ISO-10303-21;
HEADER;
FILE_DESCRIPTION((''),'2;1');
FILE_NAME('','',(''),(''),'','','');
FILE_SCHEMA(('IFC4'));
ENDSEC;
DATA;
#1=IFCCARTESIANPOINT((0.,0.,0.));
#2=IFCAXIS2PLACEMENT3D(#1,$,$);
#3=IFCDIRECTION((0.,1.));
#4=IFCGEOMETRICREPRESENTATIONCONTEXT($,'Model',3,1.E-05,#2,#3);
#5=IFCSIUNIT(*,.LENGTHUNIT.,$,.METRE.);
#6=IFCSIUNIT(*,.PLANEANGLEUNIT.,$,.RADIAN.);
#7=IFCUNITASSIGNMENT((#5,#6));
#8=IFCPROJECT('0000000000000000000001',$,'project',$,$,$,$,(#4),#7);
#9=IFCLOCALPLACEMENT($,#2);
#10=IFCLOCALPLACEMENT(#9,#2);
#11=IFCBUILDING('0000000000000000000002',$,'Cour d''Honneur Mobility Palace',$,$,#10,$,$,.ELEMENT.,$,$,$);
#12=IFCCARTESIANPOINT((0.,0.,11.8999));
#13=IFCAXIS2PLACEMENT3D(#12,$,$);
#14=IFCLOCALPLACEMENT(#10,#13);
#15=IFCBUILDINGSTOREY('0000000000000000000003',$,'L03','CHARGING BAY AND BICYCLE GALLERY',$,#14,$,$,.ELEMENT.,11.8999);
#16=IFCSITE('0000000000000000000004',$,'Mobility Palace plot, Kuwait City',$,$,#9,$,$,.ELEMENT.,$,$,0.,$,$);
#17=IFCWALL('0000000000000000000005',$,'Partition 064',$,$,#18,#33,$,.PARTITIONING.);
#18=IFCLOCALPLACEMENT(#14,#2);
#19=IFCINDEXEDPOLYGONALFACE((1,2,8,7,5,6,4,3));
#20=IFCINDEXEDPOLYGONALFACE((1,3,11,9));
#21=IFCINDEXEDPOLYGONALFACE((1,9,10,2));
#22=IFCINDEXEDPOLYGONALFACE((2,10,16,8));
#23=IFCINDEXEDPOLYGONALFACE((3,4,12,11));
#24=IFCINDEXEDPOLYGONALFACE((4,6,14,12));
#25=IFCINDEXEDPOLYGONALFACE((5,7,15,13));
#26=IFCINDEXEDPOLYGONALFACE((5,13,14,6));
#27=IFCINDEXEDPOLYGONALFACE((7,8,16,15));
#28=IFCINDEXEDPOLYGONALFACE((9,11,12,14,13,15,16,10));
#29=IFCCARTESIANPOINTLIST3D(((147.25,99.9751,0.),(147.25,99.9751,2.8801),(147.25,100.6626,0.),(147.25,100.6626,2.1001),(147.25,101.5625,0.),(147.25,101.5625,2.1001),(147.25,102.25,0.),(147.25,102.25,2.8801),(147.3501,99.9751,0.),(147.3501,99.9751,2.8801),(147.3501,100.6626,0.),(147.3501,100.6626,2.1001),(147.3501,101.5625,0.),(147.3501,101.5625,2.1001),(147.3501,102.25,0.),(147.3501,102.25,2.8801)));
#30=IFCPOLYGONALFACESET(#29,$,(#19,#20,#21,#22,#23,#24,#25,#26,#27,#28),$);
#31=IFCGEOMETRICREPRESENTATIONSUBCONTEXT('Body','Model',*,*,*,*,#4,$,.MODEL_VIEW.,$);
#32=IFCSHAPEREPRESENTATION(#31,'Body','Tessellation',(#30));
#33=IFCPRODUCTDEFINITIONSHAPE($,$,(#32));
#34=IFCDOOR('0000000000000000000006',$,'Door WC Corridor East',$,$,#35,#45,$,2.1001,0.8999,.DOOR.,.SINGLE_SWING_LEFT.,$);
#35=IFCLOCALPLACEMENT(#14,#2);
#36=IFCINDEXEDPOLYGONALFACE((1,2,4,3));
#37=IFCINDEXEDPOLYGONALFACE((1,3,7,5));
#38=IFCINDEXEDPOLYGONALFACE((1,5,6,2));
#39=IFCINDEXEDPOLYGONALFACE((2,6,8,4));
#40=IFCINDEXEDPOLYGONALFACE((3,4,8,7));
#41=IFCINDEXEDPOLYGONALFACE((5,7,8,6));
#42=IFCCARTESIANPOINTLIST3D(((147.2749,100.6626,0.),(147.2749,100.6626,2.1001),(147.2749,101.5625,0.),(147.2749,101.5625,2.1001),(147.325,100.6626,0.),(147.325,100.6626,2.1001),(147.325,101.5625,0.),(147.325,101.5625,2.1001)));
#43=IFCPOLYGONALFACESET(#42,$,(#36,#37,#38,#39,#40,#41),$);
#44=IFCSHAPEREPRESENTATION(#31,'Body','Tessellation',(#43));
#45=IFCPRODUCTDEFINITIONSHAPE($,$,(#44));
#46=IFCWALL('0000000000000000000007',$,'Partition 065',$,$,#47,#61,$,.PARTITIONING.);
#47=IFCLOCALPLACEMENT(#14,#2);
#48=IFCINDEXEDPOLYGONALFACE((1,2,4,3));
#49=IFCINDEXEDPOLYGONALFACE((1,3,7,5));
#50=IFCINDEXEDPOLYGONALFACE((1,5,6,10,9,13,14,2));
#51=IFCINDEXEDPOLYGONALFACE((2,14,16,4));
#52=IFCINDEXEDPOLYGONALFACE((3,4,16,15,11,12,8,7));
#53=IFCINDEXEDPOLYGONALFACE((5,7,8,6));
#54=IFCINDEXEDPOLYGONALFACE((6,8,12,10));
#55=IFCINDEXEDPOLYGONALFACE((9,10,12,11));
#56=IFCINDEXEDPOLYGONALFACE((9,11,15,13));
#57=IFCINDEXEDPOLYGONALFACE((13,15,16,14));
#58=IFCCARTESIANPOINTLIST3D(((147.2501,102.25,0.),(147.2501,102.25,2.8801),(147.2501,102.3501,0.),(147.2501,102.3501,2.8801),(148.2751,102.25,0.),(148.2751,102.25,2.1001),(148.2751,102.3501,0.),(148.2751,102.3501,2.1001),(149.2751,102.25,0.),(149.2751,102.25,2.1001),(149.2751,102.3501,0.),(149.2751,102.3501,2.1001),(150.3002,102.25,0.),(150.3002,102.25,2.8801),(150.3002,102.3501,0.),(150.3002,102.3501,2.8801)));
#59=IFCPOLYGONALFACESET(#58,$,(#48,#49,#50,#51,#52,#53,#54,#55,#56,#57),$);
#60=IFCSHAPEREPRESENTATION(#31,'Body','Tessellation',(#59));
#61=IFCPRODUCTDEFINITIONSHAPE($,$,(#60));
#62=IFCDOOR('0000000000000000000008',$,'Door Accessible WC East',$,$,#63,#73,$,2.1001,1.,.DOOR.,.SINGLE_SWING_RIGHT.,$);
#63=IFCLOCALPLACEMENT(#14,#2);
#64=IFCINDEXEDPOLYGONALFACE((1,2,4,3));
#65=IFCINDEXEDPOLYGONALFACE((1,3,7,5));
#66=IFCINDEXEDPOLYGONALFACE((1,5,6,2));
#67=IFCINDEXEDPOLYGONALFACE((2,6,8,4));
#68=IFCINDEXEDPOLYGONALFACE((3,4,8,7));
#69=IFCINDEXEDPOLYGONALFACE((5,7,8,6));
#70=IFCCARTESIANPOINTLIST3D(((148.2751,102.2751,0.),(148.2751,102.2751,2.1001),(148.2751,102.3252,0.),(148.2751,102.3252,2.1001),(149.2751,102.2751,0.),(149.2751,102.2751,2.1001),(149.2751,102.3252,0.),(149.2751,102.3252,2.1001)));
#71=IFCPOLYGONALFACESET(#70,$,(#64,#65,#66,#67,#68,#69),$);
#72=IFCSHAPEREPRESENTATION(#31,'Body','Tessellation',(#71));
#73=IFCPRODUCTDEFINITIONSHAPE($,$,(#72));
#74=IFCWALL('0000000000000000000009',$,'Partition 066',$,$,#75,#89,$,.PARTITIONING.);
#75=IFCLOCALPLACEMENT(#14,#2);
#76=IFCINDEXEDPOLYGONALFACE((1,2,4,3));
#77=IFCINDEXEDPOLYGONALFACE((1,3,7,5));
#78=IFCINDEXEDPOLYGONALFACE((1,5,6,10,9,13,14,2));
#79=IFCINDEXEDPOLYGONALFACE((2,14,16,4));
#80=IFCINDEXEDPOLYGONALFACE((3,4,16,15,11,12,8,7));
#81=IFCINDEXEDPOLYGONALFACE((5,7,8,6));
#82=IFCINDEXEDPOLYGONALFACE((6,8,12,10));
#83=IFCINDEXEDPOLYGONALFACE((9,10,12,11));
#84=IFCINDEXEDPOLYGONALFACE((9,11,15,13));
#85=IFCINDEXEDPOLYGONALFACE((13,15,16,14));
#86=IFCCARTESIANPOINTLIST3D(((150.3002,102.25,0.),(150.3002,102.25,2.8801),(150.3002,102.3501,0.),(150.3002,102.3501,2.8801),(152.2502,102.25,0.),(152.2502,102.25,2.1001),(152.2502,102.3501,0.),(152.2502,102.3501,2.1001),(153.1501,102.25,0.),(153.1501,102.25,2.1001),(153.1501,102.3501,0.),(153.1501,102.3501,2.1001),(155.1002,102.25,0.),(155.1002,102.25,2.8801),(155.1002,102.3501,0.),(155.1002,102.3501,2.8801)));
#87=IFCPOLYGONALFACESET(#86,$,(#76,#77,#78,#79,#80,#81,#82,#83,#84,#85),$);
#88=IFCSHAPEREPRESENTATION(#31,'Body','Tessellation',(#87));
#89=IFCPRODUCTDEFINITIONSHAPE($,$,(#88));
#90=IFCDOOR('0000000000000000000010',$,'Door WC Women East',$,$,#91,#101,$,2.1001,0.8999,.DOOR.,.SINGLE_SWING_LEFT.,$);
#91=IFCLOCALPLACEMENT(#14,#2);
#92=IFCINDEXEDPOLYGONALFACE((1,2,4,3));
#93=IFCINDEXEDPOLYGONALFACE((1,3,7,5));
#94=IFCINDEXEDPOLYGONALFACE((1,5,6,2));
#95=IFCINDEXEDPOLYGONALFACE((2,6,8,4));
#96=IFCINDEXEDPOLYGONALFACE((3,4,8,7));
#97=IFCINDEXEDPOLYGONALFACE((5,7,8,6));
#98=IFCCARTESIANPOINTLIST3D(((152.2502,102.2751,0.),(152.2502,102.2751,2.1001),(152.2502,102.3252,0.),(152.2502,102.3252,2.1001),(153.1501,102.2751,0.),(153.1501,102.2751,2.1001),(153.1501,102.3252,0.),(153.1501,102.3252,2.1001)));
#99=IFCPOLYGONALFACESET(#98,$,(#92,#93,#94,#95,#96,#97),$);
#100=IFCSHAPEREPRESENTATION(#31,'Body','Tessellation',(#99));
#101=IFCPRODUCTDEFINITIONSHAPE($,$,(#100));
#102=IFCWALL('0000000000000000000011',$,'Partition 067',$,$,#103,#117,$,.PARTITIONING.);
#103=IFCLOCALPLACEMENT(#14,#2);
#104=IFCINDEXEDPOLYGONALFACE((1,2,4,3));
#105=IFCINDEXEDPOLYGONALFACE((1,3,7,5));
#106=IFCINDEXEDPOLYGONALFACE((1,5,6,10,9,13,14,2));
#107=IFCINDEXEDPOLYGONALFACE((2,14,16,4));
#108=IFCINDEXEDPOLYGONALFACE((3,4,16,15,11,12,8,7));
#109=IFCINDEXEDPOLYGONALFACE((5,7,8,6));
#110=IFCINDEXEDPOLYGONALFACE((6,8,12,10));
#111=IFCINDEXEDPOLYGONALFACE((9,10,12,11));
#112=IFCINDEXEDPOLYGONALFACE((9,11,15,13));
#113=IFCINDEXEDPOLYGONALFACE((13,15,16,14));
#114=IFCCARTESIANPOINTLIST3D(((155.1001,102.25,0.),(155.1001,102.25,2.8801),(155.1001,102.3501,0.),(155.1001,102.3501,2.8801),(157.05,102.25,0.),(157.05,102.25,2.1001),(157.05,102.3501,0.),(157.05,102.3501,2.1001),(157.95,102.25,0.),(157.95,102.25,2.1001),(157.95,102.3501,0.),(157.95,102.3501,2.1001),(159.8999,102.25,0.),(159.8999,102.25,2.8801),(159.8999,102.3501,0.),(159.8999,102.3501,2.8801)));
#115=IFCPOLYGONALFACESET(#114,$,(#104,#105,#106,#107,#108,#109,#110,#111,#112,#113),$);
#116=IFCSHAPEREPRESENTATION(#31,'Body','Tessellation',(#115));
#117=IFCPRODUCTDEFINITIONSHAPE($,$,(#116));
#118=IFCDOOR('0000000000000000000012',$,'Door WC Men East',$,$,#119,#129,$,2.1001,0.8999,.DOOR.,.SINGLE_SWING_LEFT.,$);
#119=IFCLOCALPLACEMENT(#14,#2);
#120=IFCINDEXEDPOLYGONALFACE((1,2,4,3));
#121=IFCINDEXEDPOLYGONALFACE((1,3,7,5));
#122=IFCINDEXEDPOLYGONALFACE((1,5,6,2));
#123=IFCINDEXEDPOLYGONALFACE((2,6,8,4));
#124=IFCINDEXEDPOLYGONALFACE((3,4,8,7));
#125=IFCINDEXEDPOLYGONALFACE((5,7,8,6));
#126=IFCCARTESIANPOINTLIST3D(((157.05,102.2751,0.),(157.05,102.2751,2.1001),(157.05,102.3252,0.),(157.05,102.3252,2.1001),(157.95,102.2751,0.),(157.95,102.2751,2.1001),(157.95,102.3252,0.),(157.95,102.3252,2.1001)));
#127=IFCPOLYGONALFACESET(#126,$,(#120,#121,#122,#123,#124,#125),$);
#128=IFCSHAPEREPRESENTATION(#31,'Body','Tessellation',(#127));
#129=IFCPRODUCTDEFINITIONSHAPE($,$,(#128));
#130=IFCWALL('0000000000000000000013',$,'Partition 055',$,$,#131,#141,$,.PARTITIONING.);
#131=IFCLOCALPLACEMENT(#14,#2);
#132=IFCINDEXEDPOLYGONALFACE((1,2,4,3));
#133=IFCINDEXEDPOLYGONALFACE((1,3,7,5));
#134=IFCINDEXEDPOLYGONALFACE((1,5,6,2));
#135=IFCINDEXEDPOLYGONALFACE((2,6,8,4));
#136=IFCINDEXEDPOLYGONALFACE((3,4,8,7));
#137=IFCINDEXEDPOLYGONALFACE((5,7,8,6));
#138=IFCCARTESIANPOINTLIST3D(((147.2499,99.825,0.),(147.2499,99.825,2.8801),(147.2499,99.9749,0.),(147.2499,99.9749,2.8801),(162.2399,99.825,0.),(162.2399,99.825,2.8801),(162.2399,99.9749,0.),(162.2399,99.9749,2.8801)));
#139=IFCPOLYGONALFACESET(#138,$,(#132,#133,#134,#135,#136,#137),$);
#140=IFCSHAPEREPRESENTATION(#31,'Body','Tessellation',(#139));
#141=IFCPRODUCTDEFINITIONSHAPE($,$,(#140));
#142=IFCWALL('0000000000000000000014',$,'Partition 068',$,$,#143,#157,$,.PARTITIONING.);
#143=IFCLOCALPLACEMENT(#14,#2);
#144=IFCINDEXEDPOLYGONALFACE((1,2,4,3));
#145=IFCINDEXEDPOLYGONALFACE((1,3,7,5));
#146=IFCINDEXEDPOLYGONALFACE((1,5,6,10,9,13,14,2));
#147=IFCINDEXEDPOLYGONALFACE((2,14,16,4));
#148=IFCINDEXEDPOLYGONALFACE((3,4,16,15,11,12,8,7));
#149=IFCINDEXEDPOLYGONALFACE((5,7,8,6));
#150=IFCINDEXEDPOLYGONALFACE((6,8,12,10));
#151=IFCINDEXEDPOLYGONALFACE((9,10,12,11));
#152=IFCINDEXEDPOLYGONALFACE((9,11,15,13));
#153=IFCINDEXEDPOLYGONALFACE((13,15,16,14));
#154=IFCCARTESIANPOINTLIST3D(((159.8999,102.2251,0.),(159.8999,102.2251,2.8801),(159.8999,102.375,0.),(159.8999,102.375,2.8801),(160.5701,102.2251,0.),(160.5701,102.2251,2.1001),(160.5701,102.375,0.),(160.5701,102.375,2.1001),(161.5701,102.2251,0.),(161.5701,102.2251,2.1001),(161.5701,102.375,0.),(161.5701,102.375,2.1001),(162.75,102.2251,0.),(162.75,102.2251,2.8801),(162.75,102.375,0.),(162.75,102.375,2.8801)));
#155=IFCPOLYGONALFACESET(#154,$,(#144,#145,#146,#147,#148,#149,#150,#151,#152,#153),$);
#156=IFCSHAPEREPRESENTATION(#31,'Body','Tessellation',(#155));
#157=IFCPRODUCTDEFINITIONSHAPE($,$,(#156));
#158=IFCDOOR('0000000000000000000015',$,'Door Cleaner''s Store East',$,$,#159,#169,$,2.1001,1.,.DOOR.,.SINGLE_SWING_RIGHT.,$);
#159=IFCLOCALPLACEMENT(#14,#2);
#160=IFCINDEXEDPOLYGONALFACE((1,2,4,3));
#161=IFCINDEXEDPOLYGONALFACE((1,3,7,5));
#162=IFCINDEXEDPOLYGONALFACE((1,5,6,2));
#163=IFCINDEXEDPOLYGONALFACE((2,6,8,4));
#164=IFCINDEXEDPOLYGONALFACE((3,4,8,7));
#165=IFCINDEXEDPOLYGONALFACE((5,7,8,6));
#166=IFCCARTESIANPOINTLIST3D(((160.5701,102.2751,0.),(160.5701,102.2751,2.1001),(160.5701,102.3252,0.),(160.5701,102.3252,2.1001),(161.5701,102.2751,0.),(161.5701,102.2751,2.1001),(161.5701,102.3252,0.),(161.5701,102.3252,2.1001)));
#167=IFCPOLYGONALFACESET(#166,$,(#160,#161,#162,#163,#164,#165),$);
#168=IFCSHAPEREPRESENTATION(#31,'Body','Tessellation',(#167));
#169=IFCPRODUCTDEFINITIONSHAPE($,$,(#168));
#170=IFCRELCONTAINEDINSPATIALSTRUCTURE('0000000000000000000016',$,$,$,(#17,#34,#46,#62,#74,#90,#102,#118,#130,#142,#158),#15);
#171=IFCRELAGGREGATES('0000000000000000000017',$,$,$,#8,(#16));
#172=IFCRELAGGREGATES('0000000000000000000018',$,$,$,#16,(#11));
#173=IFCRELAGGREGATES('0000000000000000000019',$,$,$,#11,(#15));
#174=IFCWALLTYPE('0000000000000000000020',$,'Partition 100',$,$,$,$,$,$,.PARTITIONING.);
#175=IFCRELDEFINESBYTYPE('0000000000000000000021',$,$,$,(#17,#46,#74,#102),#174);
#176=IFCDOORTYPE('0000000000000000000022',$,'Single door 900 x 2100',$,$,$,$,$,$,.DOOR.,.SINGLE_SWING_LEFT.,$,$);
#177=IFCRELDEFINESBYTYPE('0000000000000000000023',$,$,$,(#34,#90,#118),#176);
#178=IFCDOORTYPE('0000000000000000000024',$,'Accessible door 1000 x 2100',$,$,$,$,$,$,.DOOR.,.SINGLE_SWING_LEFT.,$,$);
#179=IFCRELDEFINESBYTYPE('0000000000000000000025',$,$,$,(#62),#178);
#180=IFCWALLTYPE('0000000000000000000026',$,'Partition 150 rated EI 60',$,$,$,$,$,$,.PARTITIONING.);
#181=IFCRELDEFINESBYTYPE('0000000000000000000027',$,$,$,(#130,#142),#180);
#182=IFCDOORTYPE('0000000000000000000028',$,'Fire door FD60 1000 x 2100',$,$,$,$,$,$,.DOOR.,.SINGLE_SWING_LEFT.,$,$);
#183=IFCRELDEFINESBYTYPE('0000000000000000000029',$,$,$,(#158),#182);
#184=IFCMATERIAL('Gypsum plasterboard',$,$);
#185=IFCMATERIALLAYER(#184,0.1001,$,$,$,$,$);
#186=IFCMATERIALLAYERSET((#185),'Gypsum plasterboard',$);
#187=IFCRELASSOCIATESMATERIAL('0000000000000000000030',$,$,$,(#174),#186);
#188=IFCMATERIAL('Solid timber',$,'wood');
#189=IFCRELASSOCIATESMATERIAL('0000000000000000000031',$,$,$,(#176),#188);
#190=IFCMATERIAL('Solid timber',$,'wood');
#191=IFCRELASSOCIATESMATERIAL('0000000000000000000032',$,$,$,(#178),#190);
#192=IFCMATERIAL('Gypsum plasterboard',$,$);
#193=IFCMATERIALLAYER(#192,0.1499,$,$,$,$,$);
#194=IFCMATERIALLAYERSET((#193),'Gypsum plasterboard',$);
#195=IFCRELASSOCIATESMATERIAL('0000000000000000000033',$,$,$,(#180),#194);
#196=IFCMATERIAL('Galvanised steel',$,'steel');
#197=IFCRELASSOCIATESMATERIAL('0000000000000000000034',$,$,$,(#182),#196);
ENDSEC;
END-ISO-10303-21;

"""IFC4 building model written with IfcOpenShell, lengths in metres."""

from ifc_helpers import new_model, si_unit, direction, frame, frame_2d, origin, place, context, subcontext, project, spatial, rectangle, extrude, material, layer, layer_set, type_object, element, fill, save


model = new_model("IFC4")

# Units and contexts
model_context = context("Model", 3, precision=1e-05, world=origin(), true_north=direction((0.0, 1.0)))
body_context = subcontext(model_context, "Body", "Model", "MODEL_VIEW")
ifc_project = project(units=[si_unit("LENGTHUNIT", "METRE"), si_unit("PLANEANGLEUNIT", "RADIAN")], contexts=[model_context])

# Site, building, storey
site_placement = place(None, origin())
site = spatial("IfcSite", under=ifc_project, at=site_placement, Name="Mobility Palace plot, Kuwait City", CompositionType="ELEMENT", RefElevation=0.0)
building_placement = place(site_placement, origin())
building = spatial("IfcBuilding", under=site, at=building_placement, Name="Cour d'Honneur Mobility Palace", CompositionType="ELEMENT")
storey_placement = place(building_placement, frame((0.0, 0.0, 11.8999)))
storey = spatial("IfcBuildingStorey", under=building, at=storey_placement, Name="L03", Description="CHARGING BAY AND BICYCLE GALLERY", CompositionType="ELEMENT", Elevation=11.8999)

# Walls, openings, doors
ifc_material_1 = material(Name="Gypsum plasterboard")
ifc_layer_1 = layer(ifc_material_1, 0.1001)
ifc_layer_set_1 = layer_set([ifc_layer_1], Name="Gypsum plasterboard")
wall_type_1 = type_object("IfcWallType", Name="Partition 100", PredefinedType="PARTITIONING", material=ifc_layer_set_1)
ifc_material_2 = material(Name="Solid timber", Category="wood")
door_type_1 = type_object("IfcDoorType", Name="Single door 900 x 2100", OperationType="SINGLE_SWING_LEFT", PredefinedType="DOOR", material=ifc_material_2)
wall_1_placement = place(storey_placement, frame((147.3, 102.25, 0.0), z_axis=(0.0, 0.0, 1.0), x_axis=(0.0, -1.0, 0.0)))
wall_1 = element("IfcWall", 1, at=wall_1_placement, inside=storey, type_object=wall_type_1, Name="Partition 064", PredefinedType="PARTITIONING", context=body_context, shape_type="SweptSolid", body=[
    extrude(rectangle(XDim=2.2749, YDim=0.1001, at=frame_2d((1.1375, 0.0))), origin(), (0.0, 0.0, 1.0), 2.8801),
])
opening_1_placement = place(wall_1_placement, frame((0.6875, 0.0, 0.0)))
opening_1 = element("IfcOpeningElement", 2, at=opening_1_placement, cuts=wall_1, PredefinedType="OPENING", context=body_context, shape_type="SweptSolid", body=[
    extrude(rectangle(XDim=0.8999, YDim=2.1001, at=frame_2d((0.45, 1.05))), frame((0.0, 0.0601, 0.0), z_axis=(0.0, -1.0, 0.0), x_axis=(1.0, 0.0, 0.0)), (0.0, 0.0, 1.0), 0.1201),
])
door_1_placement = place(opening_1_placement, origin())
door_1 = element("IfcDoor", 3, at=door_1_placement, inside=storey, type_object=door_type_1, Name="Door WC Corridor East", OperationType="SINGLE_SWING_LEFT", OverallHeight=2.1001, OverallWidth=0.8999, PredefinedType="DOOR", context=body_context, shape_type="SweptSolid", body=[
    extrude(rectangle(XDim=0.8999, YDim=2.1001, at=frame_2d((0.45, 1.05))), frame((0.0, 0.0249, 0.0), z_axis=(0.0, -1.0, 0.0), x_axis=(1.0, 0.0, 0.0)), (0.0, 0.0, 1.0), 0.05),
])
fill(opening_1, door_1)
wall_2_placement = place(storey_placement, frame((150.3, 102.3, 0.0), z_axis=(0.0, 0.0, 1.0), x_axis=(-1.0, 0.0, 0.0)))
wall_2 = element("IfcWall", 4, at=wall_2_placement, inside=storey, type_object=wall_type_1, Name="Partition 065", PredefinedType="PARTITIONING", context=body_context, shape_type="SweptSolid", body=[
    extrude(rectangle(XDim=3.05, YDim=0.1001, at=frame_2d((1.5249, 0.0))), origin(), (0.0, 0.0, 1.0), 2.8801),
])
opening_2_placement = place(wall_2_placement, frame((1.0249, 0.0, 0.0)))
opening_2 = element("IfcOpeningElement", 5, at=opening_2_placement, cuts=wall_2, PredefinedType="OPENING", context=body_context, shape_type="SweptSolid", body=[
    extrude(rectangle(XDim=1.0, YDim=2.1001, at=frame_2d((0.5, 1.05))), frame((0.0, 0.0601, 0.0), z_axis=(0.0, -1.0, 0.0), x_axis=(1.0, 0.0, 0.0)), (0.0, 0.0, 1.0), 0.1201),
])
ifc_material_3 = material(Name="Solid timber", Category="wood")
door_type_2 = type_object("IfcDoorType", Name="Accessible door 1000 x 2100", OperationType="SINGLE_SWING_LEFT", PredefinedType="DOOR", material=ifc_material_3)
door_2_placement = place(opening_2_placement, origin())
door_2 = element("IfcDoor", 6, at=door_2_placement, inside=storey, type_object=door_type_2, Name="Door Accessible WC East", OperationType="SINGLE_SWING_RIGHT", OverallHeight=2.1001, OverallWidth=1.0, PredefinedType="DOOR", context=body_context, shape_type="SweptSolid", body=[
    extrude(rectangle(XDim=1.0, YDim=2.1001, at=frame_2d((0.5, 1.05))), frame((0.0, 0.0249, 0.0), z_axis=(0.0, -1.0, 0.0), x_axis=(1.0, 0.0, 0.0)), (0.0, 0.0, 1.0), 0.05),
])
fill(opening_2, door_2)
wall_3_placement = place(storey_placement, frame((155.1001, 102.3, 0.0), z_axis=(0.0, 0.0, 1.0), x_axis=(-1.0, 0.0, 0.0)))
wall_3 = element("IfcWall", 7, at=wall_3_placement, inside=storey, type_object=wall_type_1, Name="Partition 066", PredefinedType="PARTITIONING", context=body_context, shape_type="SweptSolid", body=[
    extrude(rectangle(XDim=4.8, YDim=0.1001, at=frame_2d((2.3999, 0.0))), origin(), (0.0, 0.0, 1.0), 2.8801),
])
opening_3_placement = place(wall_3_placement, frame((1.95, 0.0, 0.0)))
opening_3 = element("IfcOpeningElement", 8, at=opening_3_placement, cuts=wall_3, PredefinedType="OPENING", context=body_context, shape_type="SweptSolid", body=[
    extrude(rectangle(XDim=0.8999, YDim=2.1001, at=frame_2d((0.45, 1.05))), frame((0.0, 0.0601, 0.0), z_axis=(0.0, -1.0, 0.0), x_axis=(1.0, 0.0, 0.0)), (0.0, 0.0, 1.0), 0.1201),
])
door_3_placement = place(opening_3_placement, origin())
door_3 = element("IfcDoor", 9, at=door_3_placement, inside=storey, type_object=door_type_1, Name="Door WC Women East", OperationType="SINGLE_SWING_LEFT", OverallHeight=2.1001, OverallWidth=0.8999, PredefinedType="DOOR", context=body_context, shape_type="SweptSolid", body=[
    extrude(rectangle(XDim=0.8999, YDim=2.1001, at=frame_2d((0.45, 1.05))), frame((0.0, 0.0249, 0.0), z_axis=(0.0, -1.0, 0.0), x_axis=(1.0, 0.0, 0.0)), (0.0, 0.0, 1.0), 0.05),
])
fill(opening_3, door_3)
wall_4_placement = place(storey_placement, frame((159.8999, 102.3, 0.0), z_axis=(0.0, 0.0, 1.0), x_axis=(-1.0, 0.0, 0.0)))
wall_4 = element("IfcWall", 10, at=wall_4_placement, inside=storey, type_object=wall_type_1, Name="Partition 067", PredefinedType="PARTITIONING", context=body_context, shape_type="SweptSolid", body=[
    extrude(rectangle(XDim=4.7998, YDim=0.1001, at=frame_2d((2.3999, 0.0))), origin(), (0.0, 0.0, 1.0), 2.8801),
])
opening_4_placement = place(wall_4_placement, frame((1.95, 0.0, 0.0)))
opening_4 = element("IfcOpeningElement", 11, at=opening_4_placement, cuts=wall_4, PredefinedType="OPENING", context=body_context, shape_type="SweptSolid", body=[
    extrude(rectangle(XDim=0.8999, YDim=2.1001, at=frame_2d((0.45, 1.05))), frame((0.0, 0.0601, 0.0), z_axis=(0.0, -1.0, 0.0), x_axis=(1.0, 0.0, 0.0)), (0.0, 0.0, 1.0), 0.1201),
])
door_4_placement = place(opening_4_placement, origin())
door_4 = element("IfcDoor", 12, at=door_4_placement, inside=storey, type_object=door_type_1, Name="Door WC Men East", OperationType="SINGLE_SWING_LEFT", OverallHeight=2.1001, OverallWidth=0.8999, PredefinedType="DOOR", context=body_context, shape_type="SweptSolid", body=[
    extrude(rectangle(XDim=0.8999, YDim=2.1001, at=frame_2d((0.45, 1.05))), frame((0.0, 0.0249, 0.0), z_axis=(0.0, -1.0, 0.0), x_axis=(1.0, 0.0, 0.0)), (0.0, 0.0, 1.0), 0.05),
])
fill(opening_4, door_4)

# Wall
ifc_material_4 = material(Name="Gypsum plasterboard")
ifc_layer_2 = layer(ifc_material_4, 0.1499)
ifc_layer_set_2 = layer_set([ifc_layer_2], Name="Gypsum plasterboard")
wall_type_2 = type_object("IfcWallType", Name="Partition 150 rated EI 60", PredefinedType="PARTITIONING", material=ifc_layer_set_2)
wall_5_placement = place(storey_placement, frame((162.24, 99.8999, 0.0), z_axis=(0.0, 0.0, 1.0), x_axis=(-1.0, 0.0, 0.0)))
element("IfcWall", 13, at=wall_5_placement, inside=storey, type_object=wall_type_2, Name="Partition 055", PredefinedType="PARTITIONING", context=body_context, shape_type="SweptSolid", body=[
    extrude(rectangle(XDim=14.99, YDim=0.1499, at=frame_2d((7.4951, 0.0))), origin(), (0.0, 0.0, 1.0), 2.8801),
])

# Wall, opening, door
wall_6_placement = place(storey_placement, frame((162.75, 102.3, 0.0), z_axis=(0.0, 0.0, 1.0), x_axis=(-1.0, 0.0, 0.0)))
wall_6 = element("IfcWall", 14, at=wall_6_placement, inside=storey, type_object=wall_type_2, Name="Partition 068", PredefinedType="PARTITIONING", context=body_context, shape_type="SweptSolid", body=[
    extrude(rectangle(XDim=2.8501, YDim=0.1499, at=frame_2d((1.425, 0.0))), origin(), (0.0, 0.0, 1.0), 2.8801),
])
opening_5_placement = place(wall_6_placement, frame((1.1799, 0.0, 0.0)))
opening_5 = element("IfcOpeningElement", 15, at=opening_5_placement, cuts=wall_6, PredefinedType="OPENING", context=body_context, shape_type="SweptSolid", body=[
    extrude(rectangle(XDim=1.0, YDim=2.1001, at=frame_2d((0.5, 1.05))), frame((0.0, 0.085, 0.0), z_axis=(0.0, -1.0, 0.0), x_axis=(1.0, 0.0, 0.0)), (0.0, 0.0, 1.0), 0.1699),
])
ifc_material_5 = material(Name="Galvanised steel", Category="steel")
door_type_3 = type_object("IfcDoorType", Name="Fire door FD60 1000 x 2100", OperationType="SINGLE_SWING_LEFT", PredefinedType="DOOR", material=ifc_material_5)
door_5_placement = place(opening_5_placement, origin())
door_5 = element("IfcDoor", 16, at=door_5_placement, inside=storey, type_object=door_type_3, Name="Door Cleaner's Store East", OperationType="SINGLE_SWING_RIGHT", OverallHeight=2.1001, OverallWidth=1.0, PredefinedType="DOOR", context=body_context, shape_type="SweptSolid", body=[
    extrude(rectangle(XDim=1.0, YDim=2.1001, at=frame_2d((0.5, 1.05))), frame((0.0, 0.0249, 0.0), z_axis=(0.0, -1.0, 0.0), x_axis=(1.0, 0.0, 0.0)), (0.0, 0.0, 1.0), 0.05),
])
fill(opening_5, door_5)

save(model, "model.ifc")
